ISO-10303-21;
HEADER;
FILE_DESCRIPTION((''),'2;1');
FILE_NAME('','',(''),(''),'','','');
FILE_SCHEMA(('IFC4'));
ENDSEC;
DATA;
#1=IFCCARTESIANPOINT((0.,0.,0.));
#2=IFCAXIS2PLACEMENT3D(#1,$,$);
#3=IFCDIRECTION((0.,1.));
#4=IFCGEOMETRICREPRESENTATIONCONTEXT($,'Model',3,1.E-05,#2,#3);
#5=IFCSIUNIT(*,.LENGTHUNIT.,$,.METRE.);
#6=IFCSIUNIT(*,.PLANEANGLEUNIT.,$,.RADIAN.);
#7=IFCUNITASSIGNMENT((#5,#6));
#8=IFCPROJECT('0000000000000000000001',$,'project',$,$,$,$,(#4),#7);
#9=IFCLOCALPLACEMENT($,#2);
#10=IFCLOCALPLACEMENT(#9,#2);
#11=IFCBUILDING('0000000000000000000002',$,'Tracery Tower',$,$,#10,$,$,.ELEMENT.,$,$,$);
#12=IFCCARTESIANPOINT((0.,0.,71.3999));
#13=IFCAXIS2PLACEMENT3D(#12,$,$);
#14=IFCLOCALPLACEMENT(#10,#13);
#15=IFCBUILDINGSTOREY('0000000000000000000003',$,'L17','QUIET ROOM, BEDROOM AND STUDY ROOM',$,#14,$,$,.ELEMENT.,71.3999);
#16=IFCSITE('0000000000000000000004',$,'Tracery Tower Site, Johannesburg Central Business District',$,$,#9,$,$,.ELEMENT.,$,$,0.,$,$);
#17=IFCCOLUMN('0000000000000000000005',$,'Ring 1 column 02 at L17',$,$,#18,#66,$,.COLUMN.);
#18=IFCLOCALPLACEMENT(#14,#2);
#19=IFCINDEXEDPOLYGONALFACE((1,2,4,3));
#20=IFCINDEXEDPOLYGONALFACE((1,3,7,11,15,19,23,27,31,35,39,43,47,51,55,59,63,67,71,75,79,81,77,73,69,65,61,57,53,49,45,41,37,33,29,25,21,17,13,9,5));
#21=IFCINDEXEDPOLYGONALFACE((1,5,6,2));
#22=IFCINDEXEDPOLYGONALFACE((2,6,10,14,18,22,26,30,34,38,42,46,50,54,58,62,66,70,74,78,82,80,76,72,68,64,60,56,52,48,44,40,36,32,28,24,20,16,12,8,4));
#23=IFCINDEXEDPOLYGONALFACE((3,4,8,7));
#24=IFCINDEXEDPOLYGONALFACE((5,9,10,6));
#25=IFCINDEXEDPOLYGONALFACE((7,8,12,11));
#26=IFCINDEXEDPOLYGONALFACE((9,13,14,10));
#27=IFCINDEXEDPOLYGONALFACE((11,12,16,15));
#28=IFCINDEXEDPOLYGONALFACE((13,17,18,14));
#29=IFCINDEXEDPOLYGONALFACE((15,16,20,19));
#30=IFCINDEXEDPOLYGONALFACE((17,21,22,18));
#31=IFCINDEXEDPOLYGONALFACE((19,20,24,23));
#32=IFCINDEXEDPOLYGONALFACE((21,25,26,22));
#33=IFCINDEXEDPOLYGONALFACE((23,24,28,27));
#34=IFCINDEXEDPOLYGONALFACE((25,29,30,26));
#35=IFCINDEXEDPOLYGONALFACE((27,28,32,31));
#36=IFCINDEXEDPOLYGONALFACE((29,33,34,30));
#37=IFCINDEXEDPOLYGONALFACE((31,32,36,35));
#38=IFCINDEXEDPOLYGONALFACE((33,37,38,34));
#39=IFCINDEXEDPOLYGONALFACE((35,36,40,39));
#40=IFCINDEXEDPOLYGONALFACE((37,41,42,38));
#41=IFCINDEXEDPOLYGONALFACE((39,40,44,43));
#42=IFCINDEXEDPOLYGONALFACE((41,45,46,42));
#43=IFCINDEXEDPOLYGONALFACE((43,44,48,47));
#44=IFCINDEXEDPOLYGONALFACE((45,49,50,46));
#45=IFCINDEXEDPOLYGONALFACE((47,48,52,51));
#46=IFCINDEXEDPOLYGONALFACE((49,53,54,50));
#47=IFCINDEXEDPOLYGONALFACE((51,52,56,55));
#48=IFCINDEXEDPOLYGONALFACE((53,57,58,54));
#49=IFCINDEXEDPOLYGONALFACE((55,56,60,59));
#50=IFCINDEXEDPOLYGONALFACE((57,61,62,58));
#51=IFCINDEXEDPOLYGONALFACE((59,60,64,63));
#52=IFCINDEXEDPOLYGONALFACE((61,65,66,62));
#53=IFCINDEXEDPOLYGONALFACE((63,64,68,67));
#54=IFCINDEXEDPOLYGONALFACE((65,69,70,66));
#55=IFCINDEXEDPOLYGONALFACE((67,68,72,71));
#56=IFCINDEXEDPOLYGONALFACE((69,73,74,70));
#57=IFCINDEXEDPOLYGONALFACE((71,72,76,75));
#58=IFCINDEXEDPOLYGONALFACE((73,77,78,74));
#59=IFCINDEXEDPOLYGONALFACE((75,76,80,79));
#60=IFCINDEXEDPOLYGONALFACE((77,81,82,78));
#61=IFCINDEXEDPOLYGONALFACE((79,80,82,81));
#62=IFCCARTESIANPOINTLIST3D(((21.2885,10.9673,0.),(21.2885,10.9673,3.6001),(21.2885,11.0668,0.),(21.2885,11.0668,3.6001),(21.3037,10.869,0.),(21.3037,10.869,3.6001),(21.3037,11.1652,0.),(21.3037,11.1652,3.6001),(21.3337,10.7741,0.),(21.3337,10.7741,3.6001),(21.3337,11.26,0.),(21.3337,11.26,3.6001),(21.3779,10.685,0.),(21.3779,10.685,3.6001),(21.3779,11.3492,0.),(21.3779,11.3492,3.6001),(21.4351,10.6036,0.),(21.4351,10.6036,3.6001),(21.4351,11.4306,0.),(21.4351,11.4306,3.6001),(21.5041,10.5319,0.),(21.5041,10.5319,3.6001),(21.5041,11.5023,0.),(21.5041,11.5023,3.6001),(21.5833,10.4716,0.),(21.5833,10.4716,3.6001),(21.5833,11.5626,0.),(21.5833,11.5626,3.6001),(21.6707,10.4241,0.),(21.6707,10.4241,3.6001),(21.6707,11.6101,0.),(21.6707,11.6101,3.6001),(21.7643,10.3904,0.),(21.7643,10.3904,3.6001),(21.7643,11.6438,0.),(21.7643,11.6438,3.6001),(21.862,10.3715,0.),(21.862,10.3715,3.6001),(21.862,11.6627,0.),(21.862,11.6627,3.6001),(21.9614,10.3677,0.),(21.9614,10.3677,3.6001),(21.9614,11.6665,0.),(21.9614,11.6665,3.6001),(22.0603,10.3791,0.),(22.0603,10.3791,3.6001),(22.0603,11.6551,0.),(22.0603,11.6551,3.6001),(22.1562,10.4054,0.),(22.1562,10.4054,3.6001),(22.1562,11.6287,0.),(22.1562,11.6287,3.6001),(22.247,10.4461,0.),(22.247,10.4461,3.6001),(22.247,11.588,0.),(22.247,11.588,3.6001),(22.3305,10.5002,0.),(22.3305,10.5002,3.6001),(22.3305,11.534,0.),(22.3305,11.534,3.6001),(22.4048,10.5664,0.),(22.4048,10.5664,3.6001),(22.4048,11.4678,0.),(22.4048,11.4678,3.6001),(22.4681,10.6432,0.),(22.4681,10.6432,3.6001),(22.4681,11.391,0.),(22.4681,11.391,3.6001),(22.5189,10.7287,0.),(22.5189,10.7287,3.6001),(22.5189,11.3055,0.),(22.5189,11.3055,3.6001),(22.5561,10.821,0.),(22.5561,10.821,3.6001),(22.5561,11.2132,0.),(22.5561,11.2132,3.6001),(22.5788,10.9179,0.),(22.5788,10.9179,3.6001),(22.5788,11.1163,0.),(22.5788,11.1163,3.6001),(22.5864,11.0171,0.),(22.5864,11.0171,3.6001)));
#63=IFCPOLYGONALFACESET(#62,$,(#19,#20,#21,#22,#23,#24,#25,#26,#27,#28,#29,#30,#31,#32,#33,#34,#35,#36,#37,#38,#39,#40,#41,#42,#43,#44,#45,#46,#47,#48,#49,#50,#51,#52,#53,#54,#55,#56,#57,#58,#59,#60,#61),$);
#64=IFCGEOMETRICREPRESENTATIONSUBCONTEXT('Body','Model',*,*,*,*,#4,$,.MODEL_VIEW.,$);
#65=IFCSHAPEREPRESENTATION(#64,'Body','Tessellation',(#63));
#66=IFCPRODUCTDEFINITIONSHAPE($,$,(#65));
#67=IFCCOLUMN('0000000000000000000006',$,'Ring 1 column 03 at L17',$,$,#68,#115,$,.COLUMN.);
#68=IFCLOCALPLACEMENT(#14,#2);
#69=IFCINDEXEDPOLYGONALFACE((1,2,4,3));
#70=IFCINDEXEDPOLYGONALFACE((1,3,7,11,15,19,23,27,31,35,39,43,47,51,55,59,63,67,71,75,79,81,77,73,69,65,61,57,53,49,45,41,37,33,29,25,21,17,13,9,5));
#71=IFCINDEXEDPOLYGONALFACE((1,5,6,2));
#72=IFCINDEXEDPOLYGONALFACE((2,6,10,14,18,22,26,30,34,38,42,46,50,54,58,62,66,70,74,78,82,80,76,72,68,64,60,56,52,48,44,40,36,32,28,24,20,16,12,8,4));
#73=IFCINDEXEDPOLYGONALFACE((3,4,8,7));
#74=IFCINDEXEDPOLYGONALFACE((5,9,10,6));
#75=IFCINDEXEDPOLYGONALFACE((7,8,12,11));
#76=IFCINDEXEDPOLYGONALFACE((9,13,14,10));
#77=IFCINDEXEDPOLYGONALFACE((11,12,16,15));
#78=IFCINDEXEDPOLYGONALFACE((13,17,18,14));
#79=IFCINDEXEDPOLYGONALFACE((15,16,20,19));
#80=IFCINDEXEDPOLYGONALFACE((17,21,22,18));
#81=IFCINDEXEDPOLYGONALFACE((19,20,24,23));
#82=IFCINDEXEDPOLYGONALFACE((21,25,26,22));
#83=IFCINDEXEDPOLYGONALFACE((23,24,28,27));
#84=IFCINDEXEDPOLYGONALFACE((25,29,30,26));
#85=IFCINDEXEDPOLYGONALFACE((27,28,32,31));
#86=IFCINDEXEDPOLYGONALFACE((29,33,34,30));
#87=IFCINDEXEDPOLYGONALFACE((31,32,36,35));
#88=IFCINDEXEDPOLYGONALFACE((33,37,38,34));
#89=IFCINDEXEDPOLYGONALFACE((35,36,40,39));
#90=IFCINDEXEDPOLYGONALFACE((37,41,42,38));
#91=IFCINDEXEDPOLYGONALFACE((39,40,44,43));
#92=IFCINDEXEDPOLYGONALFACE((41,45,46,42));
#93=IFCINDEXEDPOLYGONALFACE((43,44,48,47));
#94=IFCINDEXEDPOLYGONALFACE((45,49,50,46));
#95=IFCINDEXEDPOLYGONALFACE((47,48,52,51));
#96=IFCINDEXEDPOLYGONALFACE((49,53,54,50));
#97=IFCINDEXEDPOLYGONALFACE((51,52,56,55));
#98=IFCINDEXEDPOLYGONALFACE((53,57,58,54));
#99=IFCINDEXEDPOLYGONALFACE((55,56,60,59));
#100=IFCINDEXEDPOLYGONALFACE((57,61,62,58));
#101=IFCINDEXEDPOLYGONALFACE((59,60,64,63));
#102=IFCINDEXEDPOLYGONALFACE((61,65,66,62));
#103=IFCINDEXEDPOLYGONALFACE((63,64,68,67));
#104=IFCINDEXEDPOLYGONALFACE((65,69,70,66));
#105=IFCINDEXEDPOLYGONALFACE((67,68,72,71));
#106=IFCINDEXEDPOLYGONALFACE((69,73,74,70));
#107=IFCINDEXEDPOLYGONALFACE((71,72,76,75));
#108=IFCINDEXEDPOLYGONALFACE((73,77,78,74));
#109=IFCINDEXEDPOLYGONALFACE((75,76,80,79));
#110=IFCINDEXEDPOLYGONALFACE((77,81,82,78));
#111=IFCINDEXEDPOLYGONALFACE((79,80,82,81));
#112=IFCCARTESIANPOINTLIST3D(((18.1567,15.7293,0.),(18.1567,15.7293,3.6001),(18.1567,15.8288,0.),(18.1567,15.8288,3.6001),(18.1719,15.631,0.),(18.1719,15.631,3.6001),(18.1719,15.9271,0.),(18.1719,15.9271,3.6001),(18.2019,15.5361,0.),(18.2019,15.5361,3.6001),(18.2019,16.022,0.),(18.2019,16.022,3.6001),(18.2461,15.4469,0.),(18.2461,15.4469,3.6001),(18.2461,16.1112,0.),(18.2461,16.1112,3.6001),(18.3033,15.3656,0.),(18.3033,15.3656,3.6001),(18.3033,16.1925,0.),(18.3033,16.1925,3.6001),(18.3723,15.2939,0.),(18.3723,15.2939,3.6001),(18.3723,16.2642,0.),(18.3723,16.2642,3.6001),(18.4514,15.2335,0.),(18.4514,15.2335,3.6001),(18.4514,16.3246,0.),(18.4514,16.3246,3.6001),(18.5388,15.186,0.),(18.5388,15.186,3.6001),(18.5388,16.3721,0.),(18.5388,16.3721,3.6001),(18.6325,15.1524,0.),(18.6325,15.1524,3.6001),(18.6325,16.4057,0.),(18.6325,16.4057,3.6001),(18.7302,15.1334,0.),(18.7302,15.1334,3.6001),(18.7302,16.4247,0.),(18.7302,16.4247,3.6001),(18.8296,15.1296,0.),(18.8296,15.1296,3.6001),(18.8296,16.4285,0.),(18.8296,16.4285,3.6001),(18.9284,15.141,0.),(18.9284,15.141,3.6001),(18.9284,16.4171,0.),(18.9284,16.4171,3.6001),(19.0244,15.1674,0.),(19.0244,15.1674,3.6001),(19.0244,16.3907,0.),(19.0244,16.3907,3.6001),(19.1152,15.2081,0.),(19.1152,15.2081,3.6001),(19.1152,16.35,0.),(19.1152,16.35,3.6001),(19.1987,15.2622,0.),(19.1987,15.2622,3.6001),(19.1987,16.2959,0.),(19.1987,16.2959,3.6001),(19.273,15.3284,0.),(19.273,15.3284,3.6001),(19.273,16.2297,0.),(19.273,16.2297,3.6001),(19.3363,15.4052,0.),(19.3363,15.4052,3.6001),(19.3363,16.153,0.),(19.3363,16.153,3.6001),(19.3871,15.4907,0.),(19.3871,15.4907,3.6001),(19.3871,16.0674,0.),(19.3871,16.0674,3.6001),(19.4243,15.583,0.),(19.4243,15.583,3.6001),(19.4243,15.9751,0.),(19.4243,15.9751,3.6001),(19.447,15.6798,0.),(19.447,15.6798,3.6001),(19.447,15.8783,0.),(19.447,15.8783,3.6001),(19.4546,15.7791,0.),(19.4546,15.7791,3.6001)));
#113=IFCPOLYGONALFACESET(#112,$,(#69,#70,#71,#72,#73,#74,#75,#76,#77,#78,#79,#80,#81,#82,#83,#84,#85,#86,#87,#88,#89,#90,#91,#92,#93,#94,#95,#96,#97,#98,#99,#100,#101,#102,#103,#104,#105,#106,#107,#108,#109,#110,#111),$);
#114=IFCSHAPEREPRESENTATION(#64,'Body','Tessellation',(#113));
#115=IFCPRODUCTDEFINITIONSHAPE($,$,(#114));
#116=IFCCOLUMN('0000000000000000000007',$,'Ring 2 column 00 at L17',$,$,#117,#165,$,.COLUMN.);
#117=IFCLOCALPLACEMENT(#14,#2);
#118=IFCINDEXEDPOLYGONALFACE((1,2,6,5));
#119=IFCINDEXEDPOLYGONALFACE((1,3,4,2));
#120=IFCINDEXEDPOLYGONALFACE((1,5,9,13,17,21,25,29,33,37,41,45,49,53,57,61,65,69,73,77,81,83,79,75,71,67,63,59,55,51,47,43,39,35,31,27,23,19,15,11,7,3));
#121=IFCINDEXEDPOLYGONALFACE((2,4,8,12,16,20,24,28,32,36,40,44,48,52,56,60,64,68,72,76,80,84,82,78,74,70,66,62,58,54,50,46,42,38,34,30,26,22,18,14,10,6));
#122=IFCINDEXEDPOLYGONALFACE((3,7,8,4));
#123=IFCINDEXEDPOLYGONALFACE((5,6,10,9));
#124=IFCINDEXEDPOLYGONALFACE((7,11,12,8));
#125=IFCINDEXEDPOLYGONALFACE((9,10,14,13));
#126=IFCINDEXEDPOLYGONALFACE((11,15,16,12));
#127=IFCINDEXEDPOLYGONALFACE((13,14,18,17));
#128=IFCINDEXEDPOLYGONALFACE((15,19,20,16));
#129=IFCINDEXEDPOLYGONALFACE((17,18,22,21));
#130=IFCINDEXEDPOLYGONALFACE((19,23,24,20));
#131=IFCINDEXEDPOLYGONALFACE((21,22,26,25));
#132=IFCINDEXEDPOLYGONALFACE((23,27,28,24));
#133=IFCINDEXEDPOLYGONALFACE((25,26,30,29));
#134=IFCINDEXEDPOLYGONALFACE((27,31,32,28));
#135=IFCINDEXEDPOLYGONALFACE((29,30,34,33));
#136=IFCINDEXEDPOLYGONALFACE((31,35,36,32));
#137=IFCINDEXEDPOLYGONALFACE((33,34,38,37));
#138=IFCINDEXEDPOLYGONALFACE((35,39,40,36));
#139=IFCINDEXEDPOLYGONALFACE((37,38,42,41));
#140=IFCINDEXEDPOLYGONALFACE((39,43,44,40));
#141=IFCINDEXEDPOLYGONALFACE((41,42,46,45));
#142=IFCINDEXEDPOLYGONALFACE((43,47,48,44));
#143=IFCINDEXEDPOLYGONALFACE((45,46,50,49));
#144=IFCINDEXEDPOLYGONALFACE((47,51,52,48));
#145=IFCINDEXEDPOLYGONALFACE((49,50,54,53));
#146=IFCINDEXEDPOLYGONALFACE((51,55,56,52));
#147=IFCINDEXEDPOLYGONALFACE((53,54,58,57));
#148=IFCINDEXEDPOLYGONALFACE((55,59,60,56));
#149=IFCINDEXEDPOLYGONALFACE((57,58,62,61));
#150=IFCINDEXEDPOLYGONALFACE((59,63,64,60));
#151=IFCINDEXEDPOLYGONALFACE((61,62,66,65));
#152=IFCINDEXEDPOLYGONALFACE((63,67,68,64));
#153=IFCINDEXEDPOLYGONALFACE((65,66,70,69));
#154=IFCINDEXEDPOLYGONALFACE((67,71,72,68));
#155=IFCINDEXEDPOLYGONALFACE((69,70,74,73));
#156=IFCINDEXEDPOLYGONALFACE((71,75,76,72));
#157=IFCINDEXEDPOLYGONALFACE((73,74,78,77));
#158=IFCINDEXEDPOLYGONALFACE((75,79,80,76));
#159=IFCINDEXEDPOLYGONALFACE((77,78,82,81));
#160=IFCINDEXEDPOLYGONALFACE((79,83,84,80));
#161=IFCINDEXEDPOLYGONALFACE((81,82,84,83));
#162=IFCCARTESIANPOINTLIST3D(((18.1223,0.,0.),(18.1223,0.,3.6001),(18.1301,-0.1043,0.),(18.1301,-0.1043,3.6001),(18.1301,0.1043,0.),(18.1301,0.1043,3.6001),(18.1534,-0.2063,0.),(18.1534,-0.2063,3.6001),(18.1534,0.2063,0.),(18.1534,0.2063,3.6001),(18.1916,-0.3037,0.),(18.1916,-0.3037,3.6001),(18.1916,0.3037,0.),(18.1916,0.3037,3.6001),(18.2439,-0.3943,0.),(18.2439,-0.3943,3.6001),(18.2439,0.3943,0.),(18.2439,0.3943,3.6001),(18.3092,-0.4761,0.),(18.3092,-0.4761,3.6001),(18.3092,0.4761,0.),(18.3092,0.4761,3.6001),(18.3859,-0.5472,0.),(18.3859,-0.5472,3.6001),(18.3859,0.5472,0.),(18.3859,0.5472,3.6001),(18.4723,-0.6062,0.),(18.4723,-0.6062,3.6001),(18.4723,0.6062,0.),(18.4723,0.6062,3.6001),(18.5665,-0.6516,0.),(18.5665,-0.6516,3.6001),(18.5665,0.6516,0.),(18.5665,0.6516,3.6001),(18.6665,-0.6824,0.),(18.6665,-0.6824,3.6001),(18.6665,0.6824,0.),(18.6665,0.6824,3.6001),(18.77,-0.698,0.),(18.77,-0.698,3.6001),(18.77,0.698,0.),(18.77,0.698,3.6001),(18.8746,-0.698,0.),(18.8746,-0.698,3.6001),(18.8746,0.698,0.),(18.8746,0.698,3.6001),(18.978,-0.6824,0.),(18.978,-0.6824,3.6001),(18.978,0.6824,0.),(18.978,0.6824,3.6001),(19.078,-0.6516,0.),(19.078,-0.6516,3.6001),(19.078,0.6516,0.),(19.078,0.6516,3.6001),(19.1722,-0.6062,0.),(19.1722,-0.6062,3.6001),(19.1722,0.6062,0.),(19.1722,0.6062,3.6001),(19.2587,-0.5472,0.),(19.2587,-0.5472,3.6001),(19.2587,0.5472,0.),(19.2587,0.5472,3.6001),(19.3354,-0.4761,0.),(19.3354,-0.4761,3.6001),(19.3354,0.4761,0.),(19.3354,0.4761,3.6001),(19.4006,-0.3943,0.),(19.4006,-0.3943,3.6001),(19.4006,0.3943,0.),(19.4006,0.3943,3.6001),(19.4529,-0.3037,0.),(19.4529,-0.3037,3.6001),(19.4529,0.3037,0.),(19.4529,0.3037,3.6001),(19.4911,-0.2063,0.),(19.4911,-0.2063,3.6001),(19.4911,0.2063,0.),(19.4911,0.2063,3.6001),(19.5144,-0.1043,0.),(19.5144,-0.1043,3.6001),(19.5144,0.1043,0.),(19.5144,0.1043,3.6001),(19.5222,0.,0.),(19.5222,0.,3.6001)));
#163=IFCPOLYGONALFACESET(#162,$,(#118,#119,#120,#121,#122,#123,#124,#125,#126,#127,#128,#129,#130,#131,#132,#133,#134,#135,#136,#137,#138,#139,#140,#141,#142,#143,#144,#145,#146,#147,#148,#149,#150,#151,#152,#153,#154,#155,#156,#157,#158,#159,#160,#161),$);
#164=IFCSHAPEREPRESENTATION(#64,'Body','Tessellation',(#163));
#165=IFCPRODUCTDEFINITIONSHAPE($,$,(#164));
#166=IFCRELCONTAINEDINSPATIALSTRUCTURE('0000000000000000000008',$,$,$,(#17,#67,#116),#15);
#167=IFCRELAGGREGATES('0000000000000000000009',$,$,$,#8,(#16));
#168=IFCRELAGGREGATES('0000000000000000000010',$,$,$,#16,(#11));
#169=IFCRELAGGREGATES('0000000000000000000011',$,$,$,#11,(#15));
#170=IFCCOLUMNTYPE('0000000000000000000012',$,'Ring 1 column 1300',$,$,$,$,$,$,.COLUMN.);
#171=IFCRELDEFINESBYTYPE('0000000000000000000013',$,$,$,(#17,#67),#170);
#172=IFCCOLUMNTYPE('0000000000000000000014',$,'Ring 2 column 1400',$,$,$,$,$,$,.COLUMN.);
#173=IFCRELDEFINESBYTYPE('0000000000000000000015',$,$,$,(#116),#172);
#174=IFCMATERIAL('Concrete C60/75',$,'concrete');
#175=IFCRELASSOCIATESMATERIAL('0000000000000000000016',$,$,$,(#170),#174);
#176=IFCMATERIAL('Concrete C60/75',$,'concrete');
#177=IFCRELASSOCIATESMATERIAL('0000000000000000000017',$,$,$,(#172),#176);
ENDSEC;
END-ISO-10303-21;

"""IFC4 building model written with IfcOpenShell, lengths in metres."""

from ifc_helpers import new_model, si_unit, direction, frame, origin, origin_2d, place, context, subcontext, project, spatial, circle, extrude, material, material_profile, profile_set, type_object, element, save


model = new_model("IFC4")

# Units and contexts
model_context = context("Model", 3, precision=1e-05, world=origin(), true_north=direction((0.0, 1.0)))
body_context = subcontext(model_context, "Body", "Model", "MODEL_VIEW")
ifc_project = project(units=[si_unit("LENGTHUNIT", "METRE"), si_unit("PLANEANGLEUNIT", "RADIAN")], contexts=[model_context])

# Site, building, storey
site_placement = place(None, origin())
site = spatial("IfcSite", under=ifc_project, at=site_placement, Name="Tracery Tower Site, Johannesburg Central Business District", CompositionType="ELEMENT", RefElevation=0.0)
building_placement = place(site_placement, origin())
building = spatial("IfcBuilding", under=site, at=building_placement, Name="Tracery Tower", CompositionType="ELEMENT")
storey_placement = place(building_placement, frame((0.0, 0.0, 71.3999)))
storey = spatial("IfcBuildingStorey", under=building, at=storey_placement, Name="L17", Description="QUIET ROOM, BEDROOM AND STUDY ROOM", CompositionType="ELEMENT", Elevation=71.3999)

# Columns
ifc_material_1 = material(Name="Concrete C60/75", Category="concrete")
ifc_material_profile_1 = material_profile(ifc_material_1, circle(Radius=0.6499, at=origin_2d()), Name="RC D1300")
ifc_profile_set_1 = profile_set([ifc_material_profile_1], Name="Concrete C60/75")
column_type_1 = type_object("IfcColumnType", Name="Ring 1 column 1300", PredefinedType="COLUMN", material=ifc_profile_set_1)
for number, where, z_axis, x_axis, name in (
    (1, (21.9365, 11.0171, 0.0), (0.0, 0.0, 1.0), (1.0, 0.0, 0.0), "Ring 1 column 02 at L17"),
    (2, (18.8047, 15.7791, 0.0), (0.0, 0.0, 1.0), (1.0, 0.0, 0.0), "Ring 1 column 03 at L17"),
):
    element("IfcColumn", number, at=place(storey_placement, frame(where, z_axis=z_axis, x_axis=x_axis)), inside=storey, type_object=column_type_1, Name=name, PredefinedType="COLUMN", context=body_context, shape_type="SweptSolid", body=[
        extrude(circle(Radius=0.6499, at=origin_2d()), origin(), (0.0, 0.0, 1.0), 3.6001),
    ])
ifc_material_2 = material(Name="Concrete C60/75", Category="concrete")
ifc_material_profile_2 = material_profile(ifc_material_2, circle(Radius=0.7, at=origin_2d()), Name="RC D1400")
ifc_profile_set_2 = profile_set([ifc_material_profile_2], Name="Concrete C60/75")
column_type_2 = type_object("IfcColumnType", Name="Ring 2 column 1400", PredefinedType="COLUMN", material=ifc_profile_set_2)
for number, where, z_axis, x_axis, name in (
    (3, (18.8223, 0.0, 0.0), (0.0, 0.0, 1.0), (1.0, 0.0, 0.0), "Ring 2 column 00 at L17"),
):
    element("IfcColumn", number, at=place(storey_placement, frame(where, z_axis=z_axis, x_axis=x_axis)), inside=storey, type_object=column_type_2, Name=name, PredefinedType="COLUMN", context=body_context, shape_type="SweptSolid", body=[
        extrude(circle(Radius=0.7, at=origin_2d()), origin(), (0.0, 0.0, 1.0), 3.6001),
    ])

save(model, "model.ifc")
